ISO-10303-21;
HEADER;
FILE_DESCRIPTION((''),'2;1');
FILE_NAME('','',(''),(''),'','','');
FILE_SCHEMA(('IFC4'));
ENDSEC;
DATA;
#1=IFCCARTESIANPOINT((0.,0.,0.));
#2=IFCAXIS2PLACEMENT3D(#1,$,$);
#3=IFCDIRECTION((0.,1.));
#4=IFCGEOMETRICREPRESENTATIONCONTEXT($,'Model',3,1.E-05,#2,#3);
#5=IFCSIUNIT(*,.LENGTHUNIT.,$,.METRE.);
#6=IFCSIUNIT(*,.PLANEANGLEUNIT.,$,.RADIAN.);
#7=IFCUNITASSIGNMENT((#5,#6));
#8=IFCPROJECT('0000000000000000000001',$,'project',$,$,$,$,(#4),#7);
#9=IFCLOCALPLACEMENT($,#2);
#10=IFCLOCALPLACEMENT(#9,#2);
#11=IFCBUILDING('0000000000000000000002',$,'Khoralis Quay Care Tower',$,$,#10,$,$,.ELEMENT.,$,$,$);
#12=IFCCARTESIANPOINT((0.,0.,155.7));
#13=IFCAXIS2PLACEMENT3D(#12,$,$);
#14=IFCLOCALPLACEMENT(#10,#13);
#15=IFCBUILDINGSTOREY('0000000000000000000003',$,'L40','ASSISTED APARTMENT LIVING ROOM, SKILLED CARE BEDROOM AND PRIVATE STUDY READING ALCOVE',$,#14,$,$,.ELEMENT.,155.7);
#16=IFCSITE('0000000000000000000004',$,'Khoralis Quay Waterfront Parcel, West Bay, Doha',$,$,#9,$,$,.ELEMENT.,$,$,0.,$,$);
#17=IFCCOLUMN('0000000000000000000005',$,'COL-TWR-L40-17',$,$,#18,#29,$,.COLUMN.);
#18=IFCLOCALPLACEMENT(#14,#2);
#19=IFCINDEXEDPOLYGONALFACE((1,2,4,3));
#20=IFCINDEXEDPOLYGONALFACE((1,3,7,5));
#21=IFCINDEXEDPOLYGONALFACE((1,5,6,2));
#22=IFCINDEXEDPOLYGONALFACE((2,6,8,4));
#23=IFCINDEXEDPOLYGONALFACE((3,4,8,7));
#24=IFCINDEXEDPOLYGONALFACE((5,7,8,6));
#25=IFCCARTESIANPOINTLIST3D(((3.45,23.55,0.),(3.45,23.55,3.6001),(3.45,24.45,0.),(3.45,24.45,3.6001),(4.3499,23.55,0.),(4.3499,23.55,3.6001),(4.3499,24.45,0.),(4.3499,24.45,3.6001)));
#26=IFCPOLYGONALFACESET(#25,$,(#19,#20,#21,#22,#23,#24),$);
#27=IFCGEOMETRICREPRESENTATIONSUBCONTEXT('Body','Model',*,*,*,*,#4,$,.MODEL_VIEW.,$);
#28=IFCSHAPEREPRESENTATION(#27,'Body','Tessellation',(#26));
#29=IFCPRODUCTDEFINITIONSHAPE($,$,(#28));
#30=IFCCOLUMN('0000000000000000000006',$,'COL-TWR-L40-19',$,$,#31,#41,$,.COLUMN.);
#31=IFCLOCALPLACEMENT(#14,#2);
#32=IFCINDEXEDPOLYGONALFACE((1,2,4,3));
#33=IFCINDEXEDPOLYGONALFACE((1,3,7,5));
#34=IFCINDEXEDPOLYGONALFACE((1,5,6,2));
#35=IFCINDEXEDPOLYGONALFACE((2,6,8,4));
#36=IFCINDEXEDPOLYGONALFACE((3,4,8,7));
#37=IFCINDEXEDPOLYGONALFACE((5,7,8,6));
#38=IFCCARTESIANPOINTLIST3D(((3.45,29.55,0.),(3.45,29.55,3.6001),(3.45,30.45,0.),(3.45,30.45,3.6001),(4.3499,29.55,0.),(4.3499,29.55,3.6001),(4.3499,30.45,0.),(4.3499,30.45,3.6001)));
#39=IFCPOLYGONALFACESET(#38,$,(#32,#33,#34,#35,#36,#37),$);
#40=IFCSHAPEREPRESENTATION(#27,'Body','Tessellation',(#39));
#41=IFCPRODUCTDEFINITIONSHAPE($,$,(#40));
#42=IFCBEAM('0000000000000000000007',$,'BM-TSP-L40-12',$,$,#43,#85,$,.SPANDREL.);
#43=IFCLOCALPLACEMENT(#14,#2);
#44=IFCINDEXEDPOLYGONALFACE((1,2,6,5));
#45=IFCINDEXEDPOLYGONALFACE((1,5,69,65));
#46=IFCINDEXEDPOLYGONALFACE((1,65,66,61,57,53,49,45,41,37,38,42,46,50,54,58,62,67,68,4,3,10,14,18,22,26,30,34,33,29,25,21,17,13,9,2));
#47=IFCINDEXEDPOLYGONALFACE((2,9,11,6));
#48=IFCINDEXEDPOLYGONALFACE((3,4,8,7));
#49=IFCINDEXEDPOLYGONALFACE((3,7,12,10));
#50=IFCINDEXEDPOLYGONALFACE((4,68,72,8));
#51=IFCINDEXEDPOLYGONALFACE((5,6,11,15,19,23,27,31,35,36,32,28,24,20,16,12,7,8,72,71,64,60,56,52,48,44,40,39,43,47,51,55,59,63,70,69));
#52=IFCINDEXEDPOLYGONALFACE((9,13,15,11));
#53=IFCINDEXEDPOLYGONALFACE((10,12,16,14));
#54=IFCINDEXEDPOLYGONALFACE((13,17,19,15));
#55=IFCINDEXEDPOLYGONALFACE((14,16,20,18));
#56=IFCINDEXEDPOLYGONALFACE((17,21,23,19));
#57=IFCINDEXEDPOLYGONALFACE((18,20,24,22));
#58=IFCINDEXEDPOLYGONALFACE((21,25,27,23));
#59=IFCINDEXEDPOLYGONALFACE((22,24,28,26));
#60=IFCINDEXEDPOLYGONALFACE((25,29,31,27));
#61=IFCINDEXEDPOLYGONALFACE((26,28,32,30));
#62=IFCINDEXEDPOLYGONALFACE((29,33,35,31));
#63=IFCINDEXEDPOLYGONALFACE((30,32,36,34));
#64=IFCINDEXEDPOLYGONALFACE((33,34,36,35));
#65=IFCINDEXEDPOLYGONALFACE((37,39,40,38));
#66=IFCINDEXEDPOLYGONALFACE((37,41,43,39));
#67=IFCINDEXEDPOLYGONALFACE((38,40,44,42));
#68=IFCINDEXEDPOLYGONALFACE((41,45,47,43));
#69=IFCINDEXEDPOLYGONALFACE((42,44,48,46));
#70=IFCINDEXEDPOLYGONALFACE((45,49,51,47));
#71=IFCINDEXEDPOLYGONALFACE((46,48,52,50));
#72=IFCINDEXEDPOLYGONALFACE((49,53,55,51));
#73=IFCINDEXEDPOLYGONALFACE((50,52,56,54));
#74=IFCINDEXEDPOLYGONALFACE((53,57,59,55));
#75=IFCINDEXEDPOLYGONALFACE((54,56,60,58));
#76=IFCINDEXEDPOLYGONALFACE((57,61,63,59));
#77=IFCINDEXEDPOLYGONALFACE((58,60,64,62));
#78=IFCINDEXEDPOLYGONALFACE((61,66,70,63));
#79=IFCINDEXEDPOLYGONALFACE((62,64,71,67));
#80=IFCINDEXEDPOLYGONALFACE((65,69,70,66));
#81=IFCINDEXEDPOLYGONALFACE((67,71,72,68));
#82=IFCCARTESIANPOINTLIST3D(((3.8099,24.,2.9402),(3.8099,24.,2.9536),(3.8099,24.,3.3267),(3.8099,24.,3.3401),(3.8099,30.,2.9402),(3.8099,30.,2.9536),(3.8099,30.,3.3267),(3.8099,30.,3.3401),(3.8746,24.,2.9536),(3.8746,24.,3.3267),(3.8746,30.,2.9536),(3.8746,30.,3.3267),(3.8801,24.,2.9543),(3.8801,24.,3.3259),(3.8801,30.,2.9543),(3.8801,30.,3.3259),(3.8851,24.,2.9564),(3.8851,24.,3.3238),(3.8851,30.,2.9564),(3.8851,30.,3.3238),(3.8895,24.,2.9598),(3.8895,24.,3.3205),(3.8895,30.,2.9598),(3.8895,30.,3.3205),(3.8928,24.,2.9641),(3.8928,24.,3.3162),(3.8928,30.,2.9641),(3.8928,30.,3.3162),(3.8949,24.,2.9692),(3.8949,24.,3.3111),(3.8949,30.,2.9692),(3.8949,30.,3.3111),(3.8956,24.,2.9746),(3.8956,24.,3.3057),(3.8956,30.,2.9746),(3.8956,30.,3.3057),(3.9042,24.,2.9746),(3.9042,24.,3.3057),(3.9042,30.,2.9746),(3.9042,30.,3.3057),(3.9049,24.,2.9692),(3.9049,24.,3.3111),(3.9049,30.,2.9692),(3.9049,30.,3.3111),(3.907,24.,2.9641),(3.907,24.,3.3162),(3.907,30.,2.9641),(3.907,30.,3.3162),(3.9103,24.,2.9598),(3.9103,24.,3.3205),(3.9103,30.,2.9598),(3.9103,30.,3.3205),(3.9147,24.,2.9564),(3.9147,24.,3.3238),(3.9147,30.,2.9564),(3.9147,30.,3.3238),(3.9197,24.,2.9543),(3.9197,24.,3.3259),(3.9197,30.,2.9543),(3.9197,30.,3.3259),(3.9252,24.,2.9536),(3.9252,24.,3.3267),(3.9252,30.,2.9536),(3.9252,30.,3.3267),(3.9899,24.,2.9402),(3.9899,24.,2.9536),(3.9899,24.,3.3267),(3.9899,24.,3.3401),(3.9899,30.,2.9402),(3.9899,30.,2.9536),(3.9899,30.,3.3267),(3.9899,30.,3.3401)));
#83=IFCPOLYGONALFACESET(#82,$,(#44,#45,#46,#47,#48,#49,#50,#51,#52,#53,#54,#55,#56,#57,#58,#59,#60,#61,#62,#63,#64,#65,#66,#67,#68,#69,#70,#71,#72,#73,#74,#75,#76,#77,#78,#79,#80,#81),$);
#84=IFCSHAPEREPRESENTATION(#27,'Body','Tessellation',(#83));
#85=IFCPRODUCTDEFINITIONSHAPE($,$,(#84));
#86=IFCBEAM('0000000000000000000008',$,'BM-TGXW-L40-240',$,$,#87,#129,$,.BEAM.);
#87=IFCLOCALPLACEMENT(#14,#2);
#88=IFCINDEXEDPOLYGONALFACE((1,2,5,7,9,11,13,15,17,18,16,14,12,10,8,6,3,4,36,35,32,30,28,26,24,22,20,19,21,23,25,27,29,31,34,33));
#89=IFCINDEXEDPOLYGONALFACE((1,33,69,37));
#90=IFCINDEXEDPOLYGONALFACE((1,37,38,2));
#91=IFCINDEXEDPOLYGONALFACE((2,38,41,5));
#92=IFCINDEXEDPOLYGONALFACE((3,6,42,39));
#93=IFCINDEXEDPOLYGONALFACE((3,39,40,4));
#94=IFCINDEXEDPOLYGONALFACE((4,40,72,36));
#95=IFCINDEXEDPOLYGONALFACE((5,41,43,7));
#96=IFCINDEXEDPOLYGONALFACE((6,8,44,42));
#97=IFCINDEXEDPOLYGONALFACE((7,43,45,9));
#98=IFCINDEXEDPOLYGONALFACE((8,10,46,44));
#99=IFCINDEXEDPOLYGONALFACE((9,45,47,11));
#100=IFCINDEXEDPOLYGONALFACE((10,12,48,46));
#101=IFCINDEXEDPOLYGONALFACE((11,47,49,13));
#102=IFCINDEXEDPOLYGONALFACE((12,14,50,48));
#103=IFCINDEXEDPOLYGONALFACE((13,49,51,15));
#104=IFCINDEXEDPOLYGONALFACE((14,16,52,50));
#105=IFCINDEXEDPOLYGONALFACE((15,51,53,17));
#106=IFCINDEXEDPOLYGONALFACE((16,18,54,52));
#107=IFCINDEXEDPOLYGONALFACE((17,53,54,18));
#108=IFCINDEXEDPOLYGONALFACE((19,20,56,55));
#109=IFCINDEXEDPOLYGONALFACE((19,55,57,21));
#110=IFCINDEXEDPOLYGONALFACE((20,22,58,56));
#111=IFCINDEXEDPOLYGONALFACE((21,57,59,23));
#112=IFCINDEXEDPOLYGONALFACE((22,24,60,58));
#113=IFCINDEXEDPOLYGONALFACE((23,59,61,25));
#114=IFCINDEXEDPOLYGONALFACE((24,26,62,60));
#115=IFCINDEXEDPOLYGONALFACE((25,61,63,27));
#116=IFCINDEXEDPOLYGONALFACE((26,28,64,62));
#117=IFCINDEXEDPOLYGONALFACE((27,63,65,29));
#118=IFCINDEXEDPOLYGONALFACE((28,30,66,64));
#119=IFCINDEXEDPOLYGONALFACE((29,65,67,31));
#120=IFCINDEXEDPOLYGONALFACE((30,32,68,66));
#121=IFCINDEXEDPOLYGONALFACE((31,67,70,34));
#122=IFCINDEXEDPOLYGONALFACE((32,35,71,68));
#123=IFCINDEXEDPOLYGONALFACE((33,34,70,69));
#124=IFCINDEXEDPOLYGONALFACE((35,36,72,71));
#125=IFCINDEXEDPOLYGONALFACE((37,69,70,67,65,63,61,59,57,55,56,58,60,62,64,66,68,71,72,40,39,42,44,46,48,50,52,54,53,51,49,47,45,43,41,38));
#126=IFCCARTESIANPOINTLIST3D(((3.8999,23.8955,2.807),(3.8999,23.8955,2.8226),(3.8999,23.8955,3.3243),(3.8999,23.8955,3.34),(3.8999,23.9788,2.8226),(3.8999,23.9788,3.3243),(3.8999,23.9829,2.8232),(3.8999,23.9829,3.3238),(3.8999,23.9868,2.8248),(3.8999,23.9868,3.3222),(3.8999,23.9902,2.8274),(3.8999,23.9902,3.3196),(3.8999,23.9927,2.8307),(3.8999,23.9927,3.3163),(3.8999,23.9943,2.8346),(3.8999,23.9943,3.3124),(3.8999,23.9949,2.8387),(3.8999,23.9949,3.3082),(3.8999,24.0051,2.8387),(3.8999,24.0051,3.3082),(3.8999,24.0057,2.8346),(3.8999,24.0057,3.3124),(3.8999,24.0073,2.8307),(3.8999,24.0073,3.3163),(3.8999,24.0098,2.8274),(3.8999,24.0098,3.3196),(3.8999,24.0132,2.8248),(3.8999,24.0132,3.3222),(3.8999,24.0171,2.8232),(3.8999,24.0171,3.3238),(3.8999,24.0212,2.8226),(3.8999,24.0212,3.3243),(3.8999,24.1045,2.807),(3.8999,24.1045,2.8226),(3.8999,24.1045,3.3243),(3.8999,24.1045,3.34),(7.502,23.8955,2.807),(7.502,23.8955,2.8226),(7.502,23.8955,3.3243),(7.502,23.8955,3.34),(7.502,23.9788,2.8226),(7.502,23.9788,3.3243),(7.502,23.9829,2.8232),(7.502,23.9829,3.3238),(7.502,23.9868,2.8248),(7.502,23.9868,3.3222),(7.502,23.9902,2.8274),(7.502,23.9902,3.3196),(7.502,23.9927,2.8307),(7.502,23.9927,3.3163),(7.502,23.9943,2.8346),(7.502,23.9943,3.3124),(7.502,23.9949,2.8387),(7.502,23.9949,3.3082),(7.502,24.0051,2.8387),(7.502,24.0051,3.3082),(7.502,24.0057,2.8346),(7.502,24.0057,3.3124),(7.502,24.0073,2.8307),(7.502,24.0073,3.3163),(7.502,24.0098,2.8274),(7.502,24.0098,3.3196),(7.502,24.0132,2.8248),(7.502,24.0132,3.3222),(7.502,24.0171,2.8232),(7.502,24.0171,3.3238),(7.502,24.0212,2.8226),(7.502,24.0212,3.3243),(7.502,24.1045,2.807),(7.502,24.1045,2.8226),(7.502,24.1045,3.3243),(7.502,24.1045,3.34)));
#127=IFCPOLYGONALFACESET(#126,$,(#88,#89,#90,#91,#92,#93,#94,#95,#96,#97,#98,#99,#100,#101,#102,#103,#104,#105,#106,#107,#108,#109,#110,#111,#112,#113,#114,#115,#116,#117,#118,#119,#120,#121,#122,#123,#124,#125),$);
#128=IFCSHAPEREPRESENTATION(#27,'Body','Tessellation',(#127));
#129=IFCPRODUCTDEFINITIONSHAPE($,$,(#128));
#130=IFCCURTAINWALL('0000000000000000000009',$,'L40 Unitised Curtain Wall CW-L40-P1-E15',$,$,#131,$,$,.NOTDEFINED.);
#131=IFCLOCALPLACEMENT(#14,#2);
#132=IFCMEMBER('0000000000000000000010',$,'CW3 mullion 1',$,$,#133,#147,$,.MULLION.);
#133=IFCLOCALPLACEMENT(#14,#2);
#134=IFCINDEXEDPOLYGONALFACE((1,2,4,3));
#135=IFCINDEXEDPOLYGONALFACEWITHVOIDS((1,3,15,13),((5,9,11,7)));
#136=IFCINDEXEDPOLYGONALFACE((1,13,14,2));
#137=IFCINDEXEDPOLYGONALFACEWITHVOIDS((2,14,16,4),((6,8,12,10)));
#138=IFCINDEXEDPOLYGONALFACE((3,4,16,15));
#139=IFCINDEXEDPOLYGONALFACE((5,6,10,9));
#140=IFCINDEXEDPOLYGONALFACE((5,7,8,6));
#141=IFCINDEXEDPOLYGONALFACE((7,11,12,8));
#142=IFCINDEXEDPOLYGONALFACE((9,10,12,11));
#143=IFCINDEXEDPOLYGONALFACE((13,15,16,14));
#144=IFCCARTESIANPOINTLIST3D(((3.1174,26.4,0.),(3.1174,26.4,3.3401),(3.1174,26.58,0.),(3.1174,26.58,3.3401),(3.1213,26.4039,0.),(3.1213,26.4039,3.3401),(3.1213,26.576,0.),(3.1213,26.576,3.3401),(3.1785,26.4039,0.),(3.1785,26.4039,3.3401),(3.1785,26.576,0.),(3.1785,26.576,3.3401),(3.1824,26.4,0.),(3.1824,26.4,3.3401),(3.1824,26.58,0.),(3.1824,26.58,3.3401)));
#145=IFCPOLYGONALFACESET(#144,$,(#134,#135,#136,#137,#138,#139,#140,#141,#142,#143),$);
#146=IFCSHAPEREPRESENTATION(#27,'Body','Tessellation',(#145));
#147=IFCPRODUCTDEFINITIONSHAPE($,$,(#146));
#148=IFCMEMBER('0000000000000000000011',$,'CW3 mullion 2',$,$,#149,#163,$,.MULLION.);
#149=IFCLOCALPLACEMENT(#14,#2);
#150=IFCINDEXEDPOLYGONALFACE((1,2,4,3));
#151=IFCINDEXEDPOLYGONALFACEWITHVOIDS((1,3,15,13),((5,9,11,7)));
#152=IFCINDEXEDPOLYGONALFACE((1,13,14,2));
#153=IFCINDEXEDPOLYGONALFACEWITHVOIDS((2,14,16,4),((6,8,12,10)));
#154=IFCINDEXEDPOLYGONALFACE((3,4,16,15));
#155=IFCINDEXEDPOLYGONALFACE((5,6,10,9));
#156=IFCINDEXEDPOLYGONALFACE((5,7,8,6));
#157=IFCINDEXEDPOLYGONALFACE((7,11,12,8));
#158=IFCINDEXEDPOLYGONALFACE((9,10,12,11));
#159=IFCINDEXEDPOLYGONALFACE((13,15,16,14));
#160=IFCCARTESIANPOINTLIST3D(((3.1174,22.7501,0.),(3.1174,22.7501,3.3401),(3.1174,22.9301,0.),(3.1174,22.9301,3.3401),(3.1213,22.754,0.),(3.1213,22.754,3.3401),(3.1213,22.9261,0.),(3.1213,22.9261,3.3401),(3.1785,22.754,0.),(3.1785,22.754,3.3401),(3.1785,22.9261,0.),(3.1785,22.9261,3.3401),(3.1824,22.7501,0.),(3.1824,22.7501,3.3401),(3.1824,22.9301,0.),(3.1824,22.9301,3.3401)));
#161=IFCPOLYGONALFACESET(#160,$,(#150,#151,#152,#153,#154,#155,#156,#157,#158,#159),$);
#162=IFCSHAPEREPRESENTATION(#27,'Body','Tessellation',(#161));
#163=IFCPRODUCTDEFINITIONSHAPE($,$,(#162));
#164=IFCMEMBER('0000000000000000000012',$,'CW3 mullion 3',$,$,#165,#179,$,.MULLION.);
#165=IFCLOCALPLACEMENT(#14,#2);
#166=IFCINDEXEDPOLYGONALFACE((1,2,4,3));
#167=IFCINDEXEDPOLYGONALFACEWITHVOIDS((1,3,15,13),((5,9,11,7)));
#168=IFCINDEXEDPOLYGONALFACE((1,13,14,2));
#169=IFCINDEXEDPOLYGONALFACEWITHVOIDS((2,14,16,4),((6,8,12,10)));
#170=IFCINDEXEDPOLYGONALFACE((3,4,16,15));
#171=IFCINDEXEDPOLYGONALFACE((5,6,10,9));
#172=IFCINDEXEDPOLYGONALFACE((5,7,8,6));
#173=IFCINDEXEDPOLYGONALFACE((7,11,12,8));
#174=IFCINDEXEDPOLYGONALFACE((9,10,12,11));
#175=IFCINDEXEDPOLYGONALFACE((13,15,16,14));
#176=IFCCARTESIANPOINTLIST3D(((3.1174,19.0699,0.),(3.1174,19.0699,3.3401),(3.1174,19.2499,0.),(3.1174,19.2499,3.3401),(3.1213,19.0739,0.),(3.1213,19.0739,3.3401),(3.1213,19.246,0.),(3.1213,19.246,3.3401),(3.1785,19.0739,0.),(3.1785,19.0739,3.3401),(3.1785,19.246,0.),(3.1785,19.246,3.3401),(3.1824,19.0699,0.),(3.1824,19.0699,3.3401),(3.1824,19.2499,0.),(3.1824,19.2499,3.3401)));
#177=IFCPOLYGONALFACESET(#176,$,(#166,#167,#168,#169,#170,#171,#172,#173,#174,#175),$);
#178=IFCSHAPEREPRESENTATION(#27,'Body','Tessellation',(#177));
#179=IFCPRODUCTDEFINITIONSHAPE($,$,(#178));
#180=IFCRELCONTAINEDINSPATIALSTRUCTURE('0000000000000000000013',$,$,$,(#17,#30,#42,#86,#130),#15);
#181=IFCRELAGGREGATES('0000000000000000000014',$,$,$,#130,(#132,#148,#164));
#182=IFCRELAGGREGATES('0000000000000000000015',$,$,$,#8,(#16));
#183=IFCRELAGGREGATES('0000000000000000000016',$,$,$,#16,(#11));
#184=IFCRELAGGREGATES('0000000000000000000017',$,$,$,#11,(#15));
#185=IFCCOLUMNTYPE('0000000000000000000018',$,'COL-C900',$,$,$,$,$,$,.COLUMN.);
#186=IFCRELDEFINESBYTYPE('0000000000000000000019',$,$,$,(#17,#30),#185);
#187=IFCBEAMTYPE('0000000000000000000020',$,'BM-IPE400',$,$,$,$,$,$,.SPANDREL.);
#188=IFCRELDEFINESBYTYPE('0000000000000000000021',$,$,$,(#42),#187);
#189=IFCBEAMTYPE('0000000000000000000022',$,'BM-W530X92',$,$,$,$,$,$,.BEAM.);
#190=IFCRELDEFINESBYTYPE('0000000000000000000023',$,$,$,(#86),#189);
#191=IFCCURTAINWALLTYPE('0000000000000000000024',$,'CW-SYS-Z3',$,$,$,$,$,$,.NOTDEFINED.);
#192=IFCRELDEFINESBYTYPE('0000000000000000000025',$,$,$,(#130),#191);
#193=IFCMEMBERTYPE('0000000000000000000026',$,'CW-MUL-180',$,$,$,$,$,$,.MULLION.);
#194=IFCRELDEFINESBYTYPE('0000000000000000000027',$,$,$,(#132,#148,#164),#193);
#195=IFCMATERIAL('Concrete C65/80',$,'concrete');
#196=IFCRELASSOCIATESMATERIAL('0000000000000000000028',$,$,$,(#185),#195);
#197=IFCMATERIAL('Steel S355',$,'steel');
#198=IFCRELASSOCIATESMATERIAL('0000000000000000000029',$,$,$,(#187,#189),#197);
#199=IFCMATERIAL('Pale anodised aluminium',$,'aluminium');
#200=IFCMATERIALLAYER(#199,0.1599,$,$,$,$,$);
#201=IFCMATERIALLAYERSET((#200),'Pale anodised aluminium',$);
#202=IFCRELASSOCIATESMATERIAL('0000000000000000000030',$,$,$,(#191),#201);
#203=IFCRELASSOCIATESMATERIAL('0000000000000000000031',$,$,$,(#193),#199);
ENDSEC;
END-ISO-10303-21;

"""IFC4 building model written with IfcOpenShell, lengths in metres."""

from ifc_helpers import new_model, si_unit, direction, frame, origin, origin_2d, place, context, subcontext, project, spatial, rectangle, hollow_rectangle, i_section, extrude, source, transform, mapped, material, layer, layer_set, material_profile, profile_set, type_object, element, aggregate, save


model = new_model("IFC4")

# Units and contexts
model_context = context("Model", 3, precision=1e-05, world=origin(), true_north=direction((0.0, 1.0)))
body_context = subcontext(model_context, "Body", "Model", "MODEL_VIEW")
ifc_project = project(units=[si_unit("LENGTHUNIT", "METRE"), si_unit("PLANEANGLEUNIT", "RADIAN")], contexts=[model_context])

# Site, building, storey
site_placement = place(None, origin())
site = spatial("IfcSite", under=ifc_project, at=site_placement, Name="Khoralis Quay Waterfront Parcel, West Bay, Doha", CompositionType="ELEMENT", RefElevation=0.0)
building_placement = place(site_placement, origin())
building = spatial("IfcBuilding", under=site, at=building_placement, Name="Khoralis Quay Care Tower", CompositionType="ELEMENT")
storey_placement = place(building_placement, frame((0.0, 0.0, 155.7)))
storey = spatial("IfcBuildingStorey", under=building, at=storey_placement, Name="L40", Description="ASSISTED APARTMENT LIVING ROOM, SKILLED CARE BEDROOM AND PRIVATE STUDY READING ALCOVE", CompositionType="ELEMENT", Elevation=155.7)

# Columns
ifc_material_1 = material(Name="Concrete C65/80", Category="concrete")
ifc_material_profile_1 = material_profile(ifc_material_1, rectangle(XDim=0.8999, YDim=0.8999, at=origin_2d()), Name="Concrete C65/80")
ifc_profile_set_1 = profile_set([ifc_material_profile_1], Name="Concrete C65/80")
column_type = type_object("IfcColumnType", Name="COL-C900", PredefinedType="COLUMN", material=ifc_profile_set_1)
shared_shape_1 = source(origin(), body_context, "Body", "SweptSolid", [
    extrude(rectangle(XDim=0.8999, YDim=0.8999, at=origin_2d()), origin(), (0.0, 0.0, 1.0), 3.6001),
])
for number, where, z_axis, x_axis, name in (
    (1, (3.8999, 24.0, 0.0), (0.0, 0.0, 1.0), (1.0, 0.0, 0.0), "COL-TWR-L40-17"),
    (2, (3.8999, 30.0, 0.0), (0.0, 0.0, 1.0), (1.0, 0.0, 0.0), "COL-TWR-L40-19"),
):
    element("IfcColumn", number, at=place(storey_placement, frame(where, z_axis=z_axis, x_axis=x_axis)), inside=storey, type_object=column_type, Name=name, PredefinedType="COLUMN", context=body_context, shape_type="MappedRepresentation", body=[
        mapped(shared_shape_1, transform((0.0, 0.0, 0.0), scale=1.0)),
    ])

# Beams
ifc_material_2 = material(Name="Steel S355", Category="steel")
ifc_material_profile_2 = material_profile(ifc_material_2, i_section(OverallWidth=0.1799, OverallDepth=0.3999, WebThickness=0.0085, FlangeThickness=0.0134, FilletRadius=0.021, at=origin_2d()), Name="Steel S355")
ifc_profile_set_2 = profile_set([ifc_material_profile_2], Name="Steel S355")
beam_type_1 = type_object("IfcBeamType", Name="BM-IPE400", PredefinedType="SPANDREL", material=ifc_profile_set_2)
shared_shape_2 = source(origin(), body_context, "Body", "SweptSolid", [
    extrude(i_section(OverallWidth=0.1799, OverallDepth=0.3999, WebThickness=0.0085, FlangeThickness=0.0134, FilletRadius=0.021, at=origin_2d()), origin(), (0.0, 0.0, 1.0), 6.0),
])
beam_1_placement = place(storey_placement, frame((3.8999, 24.0, 3.1401), z_axis=(0.0, 1.0, 0.0), x_axis=(-1.0, 0.0, 0.0)))
element("IfcBeam", 3, at=beam_1_placement, inside=storey, type_object=beam_type_1, Name="BM-TSP-L40-12", PredefinedType="SPANDREL", context=body_context, shape_type="MappedRepresentation", body=[
    mapped(shared_shape_2, transform((0.0, 0.0, 0.0), scale=1.0)),
])
ifc_material_profile_3 = material_profile(ifc_material_2, i_section(OverallWidth=0.209, OverallDepth=0.533, WebThickness=0.0103, FlangeThickness=0.0156, FilletRadius=0.0161, at=origin_2d()), Name="Steel S355")
ifc_profile_set_3 = profile_set([ifc_material_profile_3], Name="Steel S355")
beam_type_2 = type_object("IfcBeamType", Name="BM-W530X92", PredefinedType="BEAM", material=ifc_profile_set_3)
shared_shape_3 = source(origin(), body_context, "Body", "SweptSolid", [
    extrude(i_section(OverallWidth=0.209, OverallDepth=0.533, WebThickness=0.0103, FlangeThickness=0.0156, FilletRadius=0.0161, at=origin_2d()), origin(), (0.0, 0.0, 1.0), 3.6021),
])
beam_2_placement = place(storey_placement, frame((3.8999, 24.0, 3.0735), z_axis=(1.0, 0.0, 0.0), x_axis=(0.0, 1.0, 0.0)))
element("IfcBeam", 4, at=beam_2_placement, inside=storey, type_object=beam_type_2, Name="BM-TGXW-L40-240", PredefinedType="BEAM", context=body_context, shape_type="MappedRepresentation", body=[
    mapped(shared_shape_3, transform((0.0, 0.0, 0.0), scale=1.0)),
])

# Curtain wall, members
ifc_material_3 = material(Name="Pale anodised aluminium", Category="aluminium")
ifc_layer_1 = layer(ifc_material_3, 0.1599)
ifc_layer_set_1 = layer_set([ifc_layer_1], Name="Pale anodised aluminium")
curtain_wall_type = type_object("IfcCurtainWallType", Name="CW-SYS-Z3", PredefinedType="NOTDEFINED", material=ifc_layer_set_1)
curtain_wall_placement = place(storey_placement, origin())
curtain_wall = element("IfcCurtainWall", 5, at=curtain_wall_placement, inside=storey, type_object=curtain_wall_type, Name="L40 Unitised Curtain Wall CW-L40-P1-E15", PredefinedType="NOTDEFINED")
ifc_material_profile_4 = material_profile(ifc_material_3, hollow_rectangle(XDim=0.0649, YDim=0.1799, WallThickness=0.0039, at=origin_2d()), Name="Pale anodised aluminium")
ifc_profile_set_4 = profile_set([ifc_material_profile_4], Name="Pale anodised aluminium")
member_type_1 = type_object("IfcMemberType", Name="CW-MUL-180", PredefinedType="MULLION", material=ifc_profile_set_4)
shared_shape_4 = source(origin(), body_context, "Body", "SweptSolid", [
    extrude(hollow_rectangle(XDim=0.0649, YDim=0.1799, WallThickness=0.0039, at=origin_2d()), origin(), (0.0, 0.0, 1.0), 3.3401),
])
member_1_placement = place(storey_placement, frame((3.1499, 26.49, 0.0), z_axis=(0.0, 0.0, 1.0), x_axis=(1.0, 0.0, 0.0)))
member_1 = element("IfcMember", 6, at=member_1_placement, type_object=member_type_1, Name="CW3 mullion 1", PredefinedType="MULLION", context=body_context, shape_type="MappedRepresentation", body=[
    mapped(shared_shape_4, transform((0.0, 0.0, 0.0), scale=1.0)),
])
member_2_placement = place(storey_placement, frame((3.1499, 22.8401, 0.0), z_axis=(0.0, 0.0, 1.0), x_axis=(1.0, 0.0, 0.0)))
member_2 = element("IfcMember", 7, at=member_2_placement, type_object=member_type_1, Name="CW3 mullion 2", PredefinedType="MULLION", context=body_context, shape_type="MappedRepresentation", body=[
    mapped(shared_shape_4, transform((0.0, 0.0, 0.0), scale=1.0)),
])
member_3_placement = place(storey_placement, frame((3.1499, 19.1599, 0.0), z_axis=(0.0, 0.0, 1.0), x_axis=(1.0, 0.0, 0.0)))
member_3 = element("IfcMember", 8, at=member_3_placement, type_object=member_type_1, Name="CW3 mullion 3", PredefinedType="MULLION", context=body_context, shape_type="MappedRepresentation", body=[
    mapped(shared_shape_4, transform((0.0, 0.0, 0.0), scale=1.0)),
])
aggregate(curtain_wall, [member_1, member_2, member_3])

save(model, "model.ifc")
